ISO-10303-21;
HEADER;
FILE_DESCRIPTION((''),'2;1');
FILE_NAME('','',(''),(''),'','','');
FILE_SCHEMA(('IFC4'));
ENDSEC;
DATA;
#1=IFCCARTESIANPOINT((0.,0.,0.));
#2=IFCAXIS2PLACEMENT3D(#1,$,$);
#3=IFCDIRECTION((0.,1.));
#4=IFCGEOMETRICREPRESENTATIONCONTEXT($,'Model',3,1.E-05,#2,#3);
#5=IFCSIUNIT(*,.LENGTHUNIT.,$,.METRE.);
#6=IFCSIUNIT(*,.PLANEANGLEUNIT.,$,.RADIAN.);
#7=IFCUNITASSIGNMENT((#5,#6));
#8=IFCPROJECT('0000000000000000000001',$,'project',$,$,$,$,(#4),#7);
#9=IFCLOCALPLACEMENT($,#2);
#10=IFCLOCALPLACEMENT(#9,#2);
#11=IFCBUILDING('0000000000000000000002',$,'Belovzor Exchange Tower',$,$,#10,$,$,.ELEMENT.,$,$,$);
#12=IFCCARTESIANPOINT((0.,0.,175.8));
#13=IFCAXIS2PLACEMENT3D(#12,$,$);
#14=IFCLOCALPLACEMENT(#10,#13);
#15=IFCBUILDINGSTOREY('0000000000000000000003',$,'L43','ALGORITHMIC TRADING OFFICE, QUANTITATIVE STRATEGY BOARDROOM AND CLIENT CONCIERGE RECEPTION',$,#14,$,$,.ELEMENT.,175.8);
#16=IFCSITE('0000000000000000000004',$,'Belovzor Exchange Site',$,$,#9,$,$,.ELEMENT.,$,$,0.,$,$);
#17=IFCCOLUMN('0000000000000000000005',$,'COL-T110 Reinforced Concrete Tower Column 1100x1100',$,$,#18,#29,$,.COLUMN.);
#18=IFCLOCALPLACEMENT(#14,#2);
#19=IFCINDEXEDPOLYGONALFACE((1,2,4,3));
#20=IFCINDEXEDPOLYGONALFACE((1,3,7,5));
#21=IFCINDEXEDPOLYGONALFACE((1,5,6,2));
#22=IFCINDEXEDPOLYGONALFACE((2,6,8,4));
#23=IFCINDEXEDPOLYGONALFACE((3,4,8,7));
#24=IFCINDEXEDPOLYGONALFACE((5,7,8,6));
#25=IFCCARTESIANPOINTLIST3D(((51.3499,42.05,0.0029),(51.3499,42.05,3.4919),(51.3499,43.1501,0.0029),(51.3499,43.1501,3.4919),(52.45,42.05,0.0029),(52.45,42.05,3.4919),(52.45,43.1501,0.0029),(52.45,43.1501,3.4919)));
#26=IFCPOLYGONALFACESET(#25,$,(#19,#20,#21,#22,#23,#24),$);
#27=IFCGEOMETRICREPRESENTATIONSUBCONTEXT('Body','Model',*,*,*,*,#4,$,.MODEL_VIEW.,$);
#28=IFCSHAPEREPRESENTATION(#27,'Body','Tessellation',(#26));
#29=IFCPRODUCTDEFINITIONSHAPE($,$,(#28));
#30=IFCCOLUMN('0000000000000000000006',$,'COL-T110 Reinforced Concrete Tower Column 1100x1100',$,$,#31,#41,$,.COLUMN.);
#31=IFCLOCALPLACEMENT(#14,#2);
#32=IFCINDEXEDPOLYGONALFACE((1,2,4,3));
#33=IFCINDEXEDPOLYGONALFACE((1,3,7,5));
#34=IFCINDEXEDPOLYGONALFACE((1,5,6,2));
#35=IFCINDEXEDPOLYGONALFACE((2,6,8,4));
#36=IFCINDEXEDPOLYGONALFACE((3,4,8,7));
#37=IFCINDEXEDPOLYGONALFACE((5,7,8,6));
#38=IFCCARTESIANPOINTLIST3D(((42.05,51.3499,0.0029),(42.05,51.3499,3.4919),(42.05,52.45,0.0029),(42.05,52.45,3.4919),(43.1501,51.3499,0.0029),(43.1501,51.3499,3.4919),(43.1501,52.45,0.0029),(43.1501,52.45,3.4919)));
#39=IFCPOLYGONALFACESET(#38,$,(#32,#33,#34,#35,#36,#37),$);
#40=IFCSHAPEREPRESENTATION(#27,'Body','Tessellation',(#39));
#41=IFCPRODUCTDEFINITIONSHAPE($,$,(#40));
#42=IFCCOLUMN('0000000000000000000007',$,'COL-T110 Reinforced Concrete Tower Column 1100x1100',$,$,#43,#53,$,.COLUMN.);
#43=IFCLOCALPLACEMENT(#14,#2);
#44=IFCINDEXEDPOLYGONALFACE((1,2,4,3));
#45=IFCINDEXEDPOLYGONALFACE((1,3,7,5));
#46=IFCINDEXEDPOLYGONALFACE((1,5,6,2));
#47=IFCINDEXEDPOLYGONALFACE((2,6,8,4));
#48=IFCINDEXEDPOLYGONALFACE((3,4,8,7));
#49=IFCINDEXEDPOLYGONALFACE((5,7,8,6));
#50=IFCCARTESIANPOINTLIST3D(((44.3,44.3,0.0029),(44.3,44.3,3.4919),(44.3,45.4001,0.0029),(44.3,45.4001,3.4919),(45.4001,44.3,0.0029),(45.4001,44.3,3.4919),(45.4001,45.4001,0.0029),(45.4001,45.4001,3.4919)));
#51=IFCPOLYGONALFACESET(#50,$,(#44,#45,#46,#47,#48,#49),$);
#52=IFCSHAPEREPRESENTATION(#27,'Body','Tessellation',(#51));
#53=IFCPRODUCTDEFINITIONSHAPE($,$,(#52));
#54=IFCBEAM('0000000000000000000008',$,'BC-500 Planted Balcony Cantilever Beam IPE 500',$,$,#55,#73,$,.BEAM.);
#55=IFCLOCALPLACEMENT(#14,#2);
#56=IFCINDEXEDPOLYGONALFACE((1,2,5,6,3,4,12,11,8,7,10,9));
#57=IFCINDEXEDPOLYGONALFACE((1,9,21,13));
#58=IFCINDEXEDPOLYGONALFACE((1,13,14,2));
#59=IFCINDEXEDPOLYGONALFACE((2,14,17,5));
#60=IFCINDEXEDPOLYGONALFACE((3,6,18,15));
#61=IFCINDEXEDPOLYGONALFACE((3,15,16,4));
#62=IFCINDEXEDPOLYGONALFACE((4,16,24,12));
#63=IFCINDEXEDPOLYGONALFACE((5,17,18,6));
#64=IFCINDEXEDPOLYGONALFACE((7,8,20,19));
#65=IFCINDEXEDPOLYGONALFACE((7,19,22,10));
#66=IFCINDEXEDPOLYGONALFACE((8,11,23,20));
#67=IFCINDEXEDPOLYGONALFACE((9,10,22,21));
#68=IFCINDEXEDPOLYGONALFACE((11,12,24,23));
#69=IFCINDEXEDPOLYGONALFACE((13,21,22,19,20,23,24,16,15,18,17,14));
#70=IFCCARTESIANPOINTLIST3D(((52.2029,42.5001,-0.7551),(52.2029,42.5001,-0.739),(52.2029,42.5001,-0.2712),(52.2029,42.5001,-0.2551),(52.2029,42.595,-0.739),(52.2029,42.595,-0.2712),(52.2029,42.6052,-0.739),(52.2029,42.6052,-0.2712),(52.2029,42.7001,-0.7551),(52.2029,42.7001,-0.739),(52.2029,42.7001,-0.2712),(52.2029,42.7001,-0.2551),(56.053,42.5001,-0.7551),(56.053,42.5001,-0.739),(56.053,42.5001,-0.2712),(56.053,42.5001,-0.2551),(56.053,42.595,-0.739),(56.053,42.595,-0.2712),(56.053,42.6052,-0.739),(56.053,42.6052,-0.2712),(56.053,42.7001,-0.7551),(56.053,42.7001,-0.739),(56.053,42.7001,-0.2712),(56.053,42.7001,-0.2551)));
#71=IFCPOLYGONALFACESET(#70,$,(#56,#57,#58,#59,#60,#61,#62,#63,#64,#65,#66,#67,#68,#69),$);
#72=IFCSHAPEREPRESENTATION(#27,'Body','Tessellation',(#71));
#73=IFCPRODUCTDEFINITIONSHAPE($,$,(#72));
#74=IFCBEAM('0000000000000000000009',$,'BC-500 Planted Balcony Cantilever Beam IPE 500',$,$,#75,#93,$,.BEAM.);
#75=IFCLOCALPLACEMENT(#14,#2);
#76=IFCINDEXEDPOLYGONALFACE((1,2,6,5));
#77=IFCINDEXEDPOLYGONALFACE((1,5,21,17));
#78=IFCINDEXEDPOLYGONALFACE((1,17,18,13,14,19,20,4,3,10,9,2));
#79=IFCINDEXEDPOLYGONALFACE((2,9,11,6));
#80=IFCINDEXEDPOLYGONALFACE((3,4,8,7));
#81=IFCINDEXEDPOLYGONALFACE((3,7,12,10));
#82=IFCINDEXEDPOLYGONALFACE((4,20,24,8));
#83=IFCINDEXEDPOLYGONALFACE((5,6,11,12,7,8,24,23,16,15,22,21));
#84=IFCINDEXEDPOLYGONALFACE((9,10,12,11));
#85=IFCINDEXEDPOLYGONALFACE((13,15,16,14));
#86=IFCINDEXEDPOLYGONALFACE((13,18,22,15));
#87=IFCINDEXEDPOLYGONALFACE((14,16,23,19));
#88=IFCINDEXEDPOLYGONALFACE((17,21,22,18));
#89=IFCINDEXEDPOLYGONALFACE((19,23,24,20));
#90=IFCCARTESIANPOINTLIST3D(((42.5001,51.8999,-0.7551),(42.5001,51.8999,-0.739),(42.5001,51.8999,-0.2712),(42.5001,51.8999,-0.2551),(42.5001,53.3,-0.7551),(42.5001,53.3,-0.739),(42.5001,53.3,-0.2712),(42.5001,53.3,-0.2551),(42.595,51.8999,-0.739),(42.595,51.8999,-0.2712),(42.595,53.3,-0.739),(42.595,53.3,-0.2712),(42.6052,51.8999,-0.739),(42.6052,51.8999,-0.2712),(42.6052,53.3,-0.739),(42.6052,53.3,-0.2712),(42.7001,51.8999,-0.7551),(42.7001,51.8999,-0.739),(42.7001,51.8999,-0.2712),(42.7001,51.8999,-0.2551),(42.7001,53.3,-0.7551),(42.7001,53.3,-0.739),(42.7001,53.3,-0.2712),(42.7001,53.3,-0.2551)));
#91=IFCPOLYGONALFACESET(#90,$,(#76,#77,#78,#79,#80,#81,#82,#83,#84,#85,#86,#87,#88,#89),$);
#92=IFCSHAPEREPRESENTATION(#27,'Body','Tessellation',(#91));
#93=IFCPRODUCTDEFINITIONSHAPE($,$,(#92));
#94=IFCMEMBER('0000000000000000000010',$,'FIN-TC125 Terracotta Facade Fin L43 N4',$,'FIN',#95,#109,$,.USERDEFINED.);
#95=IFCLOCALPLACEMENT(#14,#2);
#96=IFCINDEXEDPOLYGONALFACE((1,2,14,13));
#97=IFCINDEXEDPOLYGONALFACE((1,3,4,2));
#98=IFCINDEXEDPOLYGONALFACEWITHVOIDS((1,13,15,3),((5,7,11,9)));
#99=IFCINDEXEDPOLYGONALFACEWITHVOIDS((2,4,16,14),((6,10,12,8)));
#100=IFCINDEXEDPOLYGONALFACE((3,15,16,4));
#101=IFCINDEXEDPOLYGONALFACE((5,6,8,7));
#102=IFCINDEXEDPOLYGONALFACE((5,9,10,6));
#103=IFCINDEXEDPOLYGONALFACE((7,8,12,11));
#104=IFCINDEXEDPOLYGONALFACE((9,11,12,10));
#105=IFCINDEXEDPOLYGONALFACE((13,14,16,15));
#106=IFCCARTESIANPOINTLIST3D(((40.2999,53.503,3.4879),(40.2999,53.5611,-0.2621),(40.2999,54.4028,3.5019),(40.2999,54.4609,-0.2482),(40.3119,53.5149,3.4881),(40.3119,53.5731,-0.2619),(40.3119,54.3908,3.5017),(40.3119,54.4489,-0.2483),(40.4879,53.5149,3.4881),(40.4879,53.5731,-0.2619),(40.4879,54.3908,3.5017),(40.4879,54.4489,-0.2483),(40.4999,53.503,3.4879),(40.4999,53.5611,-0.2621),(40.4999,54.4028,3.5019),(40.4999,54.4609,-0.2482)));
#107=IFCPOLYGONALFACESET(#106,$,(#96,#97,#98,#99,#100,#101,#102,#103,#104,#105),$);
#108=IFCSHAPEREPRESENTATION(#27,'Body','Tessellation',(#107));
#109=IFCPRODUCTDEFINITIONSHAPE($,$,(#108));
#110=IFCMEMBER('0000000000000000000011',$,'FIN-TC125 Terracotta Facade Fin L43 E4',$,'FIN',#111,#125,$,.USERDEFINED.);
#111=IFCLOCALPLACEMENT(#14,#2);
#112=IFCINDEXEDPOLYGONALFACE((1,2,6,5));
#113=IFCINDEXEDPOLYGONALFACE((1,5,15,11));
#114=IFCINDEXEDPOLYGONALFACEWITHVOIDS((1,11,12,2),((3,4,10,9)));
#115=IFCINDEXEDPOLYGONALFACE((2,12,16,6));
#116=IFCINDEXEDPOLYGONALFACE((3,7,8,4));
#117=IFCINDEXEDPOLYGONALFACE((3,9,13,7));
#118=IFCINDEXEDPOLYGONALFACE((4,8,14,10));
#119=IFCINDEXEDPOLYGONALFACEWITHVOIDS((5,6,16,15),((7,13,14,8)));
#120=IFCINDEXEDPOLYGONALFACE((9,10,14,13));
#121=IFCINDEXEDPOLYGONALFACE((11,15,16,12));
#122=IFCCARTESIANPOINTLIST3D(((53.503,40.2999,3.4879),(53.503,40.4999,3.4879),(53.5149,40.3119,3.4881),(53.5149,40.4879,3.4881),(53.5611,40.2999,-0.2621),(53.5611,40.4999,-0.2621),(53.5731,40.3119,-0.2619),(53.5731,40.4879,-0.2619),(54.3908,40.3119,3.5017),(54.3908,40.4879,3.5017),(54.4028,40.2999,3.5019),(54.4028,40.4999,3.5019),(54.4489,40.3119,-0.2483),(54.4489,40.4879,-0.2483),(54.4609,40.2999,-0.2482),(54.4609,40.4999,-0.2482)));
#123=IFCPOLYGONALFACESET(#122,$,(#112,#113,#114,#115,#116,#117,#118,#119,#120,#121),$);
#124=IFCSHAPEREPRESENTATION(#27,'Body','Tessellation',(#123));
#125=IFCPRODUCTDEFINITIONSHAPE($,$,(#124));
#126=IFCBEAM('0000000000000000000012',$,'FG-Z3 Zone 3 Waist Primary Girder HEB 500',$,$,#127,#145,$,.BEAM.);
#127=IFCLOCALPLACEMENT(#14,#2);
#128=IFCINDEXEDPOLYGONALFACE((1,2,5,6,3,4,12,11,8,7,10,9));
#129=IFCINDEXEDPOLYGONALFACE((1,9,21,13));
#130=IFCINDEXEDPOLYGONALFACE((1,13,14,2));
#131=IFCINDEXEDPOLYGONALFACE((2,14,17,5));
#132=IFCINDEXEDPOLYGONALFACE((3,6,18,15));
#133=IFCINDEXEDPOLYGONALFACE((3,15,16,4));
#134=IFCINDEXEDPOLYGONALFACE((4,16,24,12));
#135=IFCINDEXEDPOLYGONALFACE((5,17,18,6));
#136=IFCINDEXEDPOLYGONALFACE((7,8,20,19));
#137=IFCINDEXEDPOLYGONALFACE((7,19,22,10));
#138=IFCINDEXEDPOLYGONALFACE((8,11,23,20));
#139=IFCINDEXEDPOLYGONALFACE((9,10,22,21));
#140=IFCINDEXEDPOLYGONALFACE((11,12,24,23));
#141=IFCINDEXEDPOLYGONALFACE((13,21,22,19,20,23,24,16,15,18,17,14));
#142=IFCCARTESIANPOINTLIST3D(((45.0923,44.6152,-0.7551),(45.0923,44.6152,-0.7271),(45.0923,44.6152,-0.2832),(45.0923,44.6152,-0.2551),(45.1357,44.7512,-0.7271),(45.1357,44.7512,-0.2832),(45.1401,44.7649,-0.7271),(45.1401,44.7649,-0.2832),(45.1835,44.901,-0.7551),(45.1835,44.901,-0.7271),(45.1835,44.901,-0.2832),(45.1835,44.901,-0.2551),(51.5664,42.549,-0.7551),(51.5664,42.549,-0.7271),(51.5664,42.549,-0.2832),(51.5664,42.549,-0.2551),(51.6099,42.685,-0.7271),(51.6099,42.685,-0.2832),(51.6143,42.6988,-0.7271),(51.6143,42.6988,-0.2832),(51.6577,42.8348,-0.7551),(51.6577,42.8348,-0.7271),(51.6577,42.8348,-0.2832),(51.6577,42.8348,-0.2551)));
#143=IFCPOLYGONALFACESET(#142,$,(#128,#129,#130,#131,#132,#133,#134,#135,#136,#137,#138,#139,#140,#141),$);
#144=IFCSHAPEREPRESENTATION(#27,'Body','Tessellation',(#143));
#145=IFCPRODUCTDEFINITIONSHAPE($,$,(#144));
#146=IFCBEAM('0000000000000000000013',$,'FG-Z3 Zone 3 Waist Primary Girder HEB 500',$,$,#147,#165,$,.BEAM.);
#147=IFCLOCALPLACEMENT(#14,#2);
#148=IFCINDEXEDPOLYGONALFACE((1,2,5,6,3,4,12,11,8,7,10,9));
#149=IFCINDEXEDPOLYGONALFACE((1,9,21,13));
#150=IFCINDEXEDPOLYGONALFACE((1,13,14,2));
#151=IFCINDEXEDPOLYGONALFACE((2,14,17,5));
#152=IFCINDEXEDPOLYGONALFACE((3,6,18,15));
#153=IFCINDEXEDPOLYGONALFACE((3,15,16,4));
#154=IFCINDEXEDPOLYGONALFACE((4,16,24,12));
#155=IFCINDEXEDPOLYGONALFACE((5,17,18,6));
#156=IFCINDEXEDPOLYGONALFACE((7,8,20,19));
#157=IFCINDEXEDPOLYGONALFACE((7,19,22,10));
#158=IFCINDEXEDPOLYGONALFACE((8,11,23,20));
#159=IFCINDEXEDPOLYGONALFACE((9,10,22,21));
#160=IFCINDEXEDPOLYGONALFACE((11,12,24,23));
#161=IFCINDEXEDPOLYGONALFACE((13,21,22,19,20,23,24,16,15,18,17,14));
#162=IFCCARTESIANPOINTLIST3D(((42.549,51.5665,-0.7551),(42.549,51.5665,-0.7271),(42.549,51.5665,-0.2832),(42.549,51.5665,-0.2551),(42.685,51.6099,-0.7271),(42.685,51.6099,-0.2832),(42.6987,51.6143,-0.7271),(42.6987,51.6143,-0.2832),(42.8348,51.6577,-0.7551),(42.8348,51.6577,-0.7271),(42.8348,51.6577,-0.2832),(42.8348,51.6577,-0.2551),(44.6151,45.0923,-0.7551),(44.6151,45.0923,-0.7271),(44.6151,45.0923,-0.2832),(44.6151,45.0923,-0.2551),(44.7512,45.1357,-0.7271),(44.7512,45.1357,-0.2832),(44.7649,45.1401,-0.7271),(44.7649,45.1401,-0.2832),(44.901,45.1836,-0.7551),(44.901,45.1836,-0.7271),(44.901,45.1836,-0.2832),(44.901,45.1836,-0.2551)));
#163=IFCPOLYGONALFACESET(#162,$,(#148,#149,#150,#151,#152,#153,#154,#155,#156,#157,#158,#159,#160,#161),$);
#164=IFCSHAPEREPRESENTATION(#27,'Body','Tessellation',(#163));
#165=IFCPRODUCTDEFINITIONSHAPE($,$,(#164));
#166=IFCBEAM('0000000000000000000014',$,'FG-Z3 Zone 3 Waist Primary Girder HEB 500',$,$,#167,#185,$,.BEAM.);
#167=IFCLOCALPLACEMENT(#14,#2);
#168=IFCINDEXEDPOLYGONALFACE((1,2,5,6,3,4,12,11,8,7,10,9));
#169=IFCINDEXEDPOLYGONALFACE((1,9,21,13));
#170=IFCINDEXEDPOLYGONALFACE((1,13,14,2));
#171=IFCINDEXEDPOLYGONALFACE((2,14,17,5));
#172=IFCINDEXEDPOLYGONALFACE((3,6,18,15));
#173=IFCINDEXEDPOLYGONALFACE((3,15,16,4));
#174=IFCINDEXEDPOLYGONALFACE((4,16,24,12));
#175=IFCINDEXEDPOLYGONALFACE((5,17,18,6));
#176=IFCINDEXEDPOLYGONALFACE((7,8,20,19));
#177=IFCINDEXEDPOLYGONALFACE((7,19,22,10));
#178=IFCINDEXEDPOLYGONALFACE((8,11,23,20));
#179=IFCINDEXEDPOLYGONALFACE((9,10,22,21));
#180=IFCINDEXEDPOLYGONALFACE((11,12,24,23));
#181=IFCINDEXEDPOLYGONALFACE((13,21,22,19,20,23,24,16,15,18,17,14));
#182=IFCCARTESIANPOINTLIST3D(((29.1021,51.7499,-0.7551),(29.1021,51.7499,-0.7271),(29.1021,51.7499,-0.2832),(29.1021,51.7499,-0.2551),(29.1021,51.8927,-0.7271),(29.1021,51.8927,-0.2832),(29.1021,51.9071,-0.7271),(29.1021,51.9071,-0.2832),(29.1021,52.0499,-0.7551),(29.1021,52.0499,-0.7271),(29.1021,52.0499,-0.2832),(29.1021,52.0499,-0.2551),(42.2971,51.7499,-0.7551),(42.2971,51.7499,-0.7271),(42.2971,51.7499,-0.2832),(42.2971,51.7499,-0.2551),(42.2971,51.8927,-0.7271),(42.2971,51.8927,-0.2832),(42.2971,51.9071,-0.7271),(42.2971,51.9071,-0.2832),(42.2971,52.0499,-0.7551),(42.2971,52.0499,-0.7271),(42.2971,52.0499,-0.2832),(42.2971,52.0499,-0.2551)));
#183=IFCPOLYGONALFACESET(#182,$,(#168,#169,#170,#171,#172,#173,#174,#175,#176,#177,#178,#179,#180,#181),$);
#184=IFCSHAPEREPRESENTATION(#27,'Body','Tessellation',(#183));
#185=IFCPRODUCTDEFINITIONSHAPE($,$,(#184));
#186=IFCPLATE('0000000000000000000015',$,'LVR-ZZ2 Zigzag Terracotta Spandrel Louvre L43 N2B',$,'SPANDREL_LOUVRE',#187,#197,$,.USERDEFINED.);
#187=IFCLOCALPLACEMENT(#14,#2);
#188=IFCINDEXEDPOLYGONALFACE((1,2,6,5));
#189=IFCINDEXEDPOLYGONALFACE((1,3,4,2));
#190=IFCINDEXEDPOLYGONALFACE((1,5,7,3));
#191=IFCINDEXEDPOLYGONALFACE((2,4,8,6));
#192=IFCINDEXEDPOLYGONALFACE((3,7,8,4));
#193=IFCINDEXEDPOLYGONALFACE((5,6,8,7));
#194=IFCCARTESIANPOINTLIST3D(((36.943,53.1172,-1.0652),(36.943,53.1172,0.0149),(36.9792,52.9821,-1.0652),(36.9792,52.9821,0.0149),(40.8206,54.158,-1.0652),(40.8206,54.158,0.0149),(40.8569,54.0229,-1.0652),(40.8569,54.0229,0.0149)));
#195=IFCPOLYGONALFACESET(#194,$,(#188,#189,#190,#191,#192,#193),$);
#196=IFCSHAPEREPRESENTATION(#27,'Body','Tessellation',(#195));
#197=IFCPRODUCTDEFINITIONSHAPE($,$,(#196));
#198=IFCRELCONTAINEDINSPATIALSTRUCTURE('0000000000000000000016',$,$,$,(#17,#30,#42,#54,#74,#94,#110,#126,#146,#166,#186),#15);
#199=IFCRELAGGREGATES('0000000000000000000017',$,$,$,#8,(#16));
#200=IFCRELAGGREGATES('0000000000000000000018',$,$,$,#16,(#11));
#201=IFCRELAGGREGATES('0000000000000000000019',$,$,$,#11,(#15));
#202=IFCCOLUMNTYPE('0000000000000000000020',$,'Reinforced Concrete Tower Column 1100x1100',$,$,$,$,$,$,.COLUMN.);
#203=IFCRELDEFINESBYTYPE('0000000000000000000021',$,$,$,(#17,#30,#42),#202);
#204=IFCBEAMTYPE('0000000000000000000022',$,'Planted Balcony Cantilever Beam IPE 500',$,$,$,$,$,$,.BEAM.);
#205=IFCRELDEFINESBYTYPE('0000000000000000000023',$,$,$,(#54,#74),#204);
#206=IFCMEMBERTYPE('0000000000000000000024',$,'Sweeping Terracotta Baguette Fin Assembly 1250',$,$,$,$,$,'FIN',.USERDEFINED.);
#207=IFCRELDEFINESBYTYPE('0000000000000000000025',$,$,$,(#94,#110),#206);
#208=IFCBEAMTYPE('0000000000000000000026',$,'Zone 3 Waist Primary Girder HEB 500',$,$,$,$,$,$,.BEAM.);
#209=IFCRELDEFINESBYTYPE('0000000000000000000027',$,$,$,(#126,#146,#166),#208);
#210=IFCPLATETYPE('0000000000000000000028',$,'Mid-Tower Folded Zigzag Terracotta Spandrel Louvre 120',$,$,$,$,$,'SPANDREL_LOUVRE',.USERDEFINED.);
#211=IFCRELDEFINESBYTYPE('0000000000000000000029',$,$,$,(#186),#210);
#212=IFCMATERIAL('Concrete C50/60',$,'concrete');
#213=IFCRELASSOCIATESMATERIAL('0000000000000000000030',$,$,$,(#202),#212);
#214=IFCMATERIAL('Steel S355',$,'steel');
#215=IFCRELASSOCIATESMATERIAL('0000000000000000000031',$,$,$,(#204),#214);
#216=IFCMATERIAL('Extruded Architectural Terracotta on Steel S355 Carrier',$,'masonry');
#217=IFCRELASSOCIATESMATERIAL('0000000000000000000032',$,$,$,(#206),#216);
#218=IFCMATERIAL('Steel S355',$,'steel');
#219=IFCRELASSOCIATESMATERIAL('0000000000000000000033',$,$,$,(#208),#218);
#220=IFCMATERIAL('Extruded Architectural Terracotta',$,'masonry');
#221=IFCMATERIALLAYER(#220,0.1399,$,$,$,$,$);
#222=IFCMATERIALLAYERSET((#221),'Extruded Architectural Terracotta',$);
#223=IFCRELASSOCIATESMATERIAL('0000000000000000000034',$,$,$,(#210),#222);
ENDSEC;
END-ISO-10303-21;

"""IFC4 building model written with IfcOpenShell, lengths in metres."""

from ifc_helpers import new_model, si_unit, direction, frame, origin, origin_2d, place, context, subcontext, project, spatial, rectangle, hollow_rectangle, i_section, extrude, material, layer, layer_set, material_profile, profile_set, type_object, element, save


model = new_model("IFC4")

# Units and contexts
model_context = context("Model", 3, precision=1e-05, world=origin(), true_north=direction((0.0, 1.0)))
body_context = subcontext(model_context, "Body", "Model", "MODEL_VIEW")
ifc_project = project(units=[si_unit("LENGTHUNIT", "METRE"), si_unit("PLANEANGLEUNIT", "RADIAN")], contexts=[model_context])

# Site, building, storey
site_placement = place(None, origin())
site = spatial("IfcSite", under=ifc_project, at=site_placement, Name="Belovzor Exchange Site", CompositionType="ELEMENT", RefElevation=0.0)
building_placement = place(site_placement, origin())
building = spatial("IfcBuilding", under=site, at=building_placement, Name="Belovzor Exchange Tower", CompositionType="ELEMENT")
storey_placement = place(building_placement, frame((0.0, 0.0, 175.8)))
storey = spatial("IfcBuildingStorey", under=building, at=storey_placement, Name="L43", Description="ALGORITHMIC TRADING OFFICE, QUANTITATIVE STRATEGY BOARDROOM AND CLIENT CONCIERGE RECEPTION", CompositionType="ELEMENT", Elevation=175.8)

# Columns
ifc_material_1 = material(Name="Concrete C50/60", Category="concrete")
ifc_material_profile_1 = material_profile(ifc_material_1, rectangle(XDim=1.1001, YDim=1.1001, at=origin_2d()))
ifc_profile_set_1 = profile_set([ifc_material_profile_1], Name="Concrete C50/60")
column_type = type_object("IfcColumnType", Name="Reinforced Concrete Tower Column 1100x1100", PredefinedType="COLUMN", material=ifc_profile_set_1)
for number, where, z_axis, x_axis, name in (
    (1, (51.8999, 42.6001, 0.0029), (0.0, 0.0, 1.0), (1.0, 0.0, 0.0), "COL-T110 Reinforced Concrete Tower Column 1100x1100"),
    (2, (42.6001, 51.8999, 0.0029), (0.0, 0.0, 1.0), (1.0, 0.0, 0.0), "COL-T110 Reinforced Concrete Tower Column 1100x1100"),
    (3, (44.8501, 44.8501, 0.0029), (0.0, 0.0, 1.0), (1.0, 0.0, 0.0), "COL-T110 Reinforced Concrete Tower Column 1100x1100"),
):
    element("IfcColumn", number, at=place(storey_placement, frame(where, z_axis=z_axis, x_axis=x_axis)), inside=storey, type_object=column_type, Name=name, PredefinedType="COLUMN", context=body_context, shape_type="SweptSolid", body=[
        extrude(rectangle(XDim=1.1001, YDim=1.1001, at=origin_2d()), origin(), (0.0, 0.0, 1.0), 3.489),
    ])

# Beams
ifc_material_2 = material(Name="Steel S355", Category="steel")
ifc_material_profile_2 = material_profile(ifc_material_2, i_section(OverallWidth=0.2, OverallDepth=0.5, WebThickness=0.0103, FlangeThickness=0.0161, at=origin_2d()))
ifc_profile_set_2 = profile_set([ifc_material_profile_2], Name="Steel S355")
beam_type_1 = type_object("IfcBeamType", Name="Planted Balcony Cantilever Beam IPE 500", PredefinedType="BEAM", material=ifc_profile_set_2)
beam_1_placement = place(storey_placement, frame((52.2029, 42.6001, -0.5051), z_axis=(1.0, 0.0, 0.0), x_axis=(0.0, 1.0, 0.0)))
element("IfcBeam", 4, at=beam_1_placement, inside=storey, type_object=beam_type_1, Name="BC-500 Planted Balcony Cantilever Beam IPE 500", PredefinedType="BEAM", context=body_context, shape_type="SweptSolid", body=[
    extrude(i_section(OverallWidth=0.2, OverallDepth=0.5, WebThickness=0.0103, FlangeThickness=0.0161, at=origin_2d()), origin(), (0.0, 0.0, 1.0), 3.8501),
])
beam_2_placement = place(storey_placement, frame((42.6001, 51.8999, -0.5051), z_axis=(0.0, 1.0, 0.0), x_axis=(-1.0, 0.0, 0.0)))
element("IfcBeam", 5, at=beam_2_placement, inside=storey, type_object=beam_type_1, Name="BC-500 Planted Balcony Cantilever Beam IPE 500", PredefinedType="BEAM", context=body_context, shape_type="SweptSolid", body=[
    extrude(i_section(OverallWidth=0.2, OverallDepth=0.5, WebThickness=0.0103, FlangeThickness=0.0161, at=origin_2d()), origin(), (0.0, 0.0, 1.0), 1.4001),
])

# Members
ifc_material_3 = material(Name="Extruded Architectural Terracotta on Steel S355 Carrier", Category="masonry")
ifc_material_profile_3 = material_profile(ifc_material_3, hollow_rectangle(XDim=0.2, YDim=0.8999, WallThickness=0.012, at=origin_2d()))
ifc_profile_set_3 = profile_set([ifc_material_profile_3], Name="Extruded Architectural Terracotta on Steel S355 Carrier")
member_type = type_object("IfcMemberType", Name="Sweeping Terracotta Baguette Fin Assembly 1250", ElementType="FIN", PredefinedType="USERDEFINED", material=ifc_profile_set_3)
for number, where, z_axis, x_axis, name in (
    (6, (40.3999, 54.011, -0.2551), (0.0, -0.015493, 0.99988), (1.0, 0.0, 0.0), "FIN-TC125 Terracotta Facade Fin L43 N4"),
    (7, (54.011, 40.3999, -0.2551), (-0.015493, 0.0, 0.99988), (0.0, -1.0, 0.0), "FIN-TC125 Terracotta Facade Fin L43 E4"),
):
    element("IfcMember", number, at=place(storey_placement, frame(where, z_axis=z_axis, x_axis=x_axis)), inside=storey, type_object=member_type, Name=name, ObjectType="FIN", PredefinedType="USERDEFINED", context=body_context, shape_type="SweptSolid", body=[
        extrude(hollow_rectangle(XDim=0.2, YDim=0.8999, WallThickness=0.012, at=origin_2d()), origin(), (0.0, 0.0, 1.0), 3.7505),
    ])

# Beams
ifc_material_4 = material(Name="Steel S355", Category="steel")
ifc_material_profile_4 = material_profile(ifc_material_4, i_section(OverallWidth=0.3, OverallDepth=0.5, WebThickness=0.0144, FlangeThickness=0.0281, at=origin_2d()))
ifc_profile_set_4 = profile_set([ifc_material_profile_4], Name="Steel S355")
beam_type_2 = type_object("IfcBeamType", Name="Zone 3 Waist Primary Girder HEB 500", PredefinedType="BEAM", material=ifc_profile_set_4)
for number, where, z_axis, x_axis, name in (
    (8, (51.6121, 42.6919, -0.5051), (-0.952661, 0.304034, 0.0), (-0.304034, -0.952661, 0.0), "FG-Z3 Zone 3 Waist Primary Girder HEB 500"),
    (9, (44.7581, 45.1379, -0.5051), (-0.304034, 0.952661, 0.0), (-0.952661, -0.304034, 0.0), "FG-Z3 Zone 3 Waist Primary Girder HEB 500"),
):
    element("IfcBeam", number, at=place(storey_placement, frame(where, z_axis=z_axis, x_axis=x_axis)), inside=storey, type_object=beam_type_2, Name=name, PredefinedType="BEAM", context=body_context, shape_type="SweptSolid", body=[
        extrude(i_section(OverallWidth=0.3, OverallDepth=0.5, WebThickness=0.0144, FlangeThickness=0.0281, at=origin_2d()), origin(), (0.0, 0.0, 1.0), 6.7959),
    ])
beam_3_placement = place(storey_placement, frame((42.2971, 51.8999, -0.5051), z_axis=(-1.0, 0.0, 0.0), x_axis=(0.0, -1.0, 0.0)))
element("IfcBeam", 10, at=beam_3_placement, inside=storey, type_object=beam_type_2, Name="FG-Z3 Zone 3 Waist Primary Girder HEB 500", PredefinedType="BEAM", context=body_context, shape_type="SweptSolid", body=[
    extrude(i_section(OverallWidth=0.3, OverallDepth=0.5, WebThickness=0.0144, FlangeThickness=0.0281, at=origin_2d()), origin(), (0.0, 0.0, 1.0), 13.1951),
])

# Plate
ifc_material_5 = material(Name="Extruded Architectural Terracotta", Category="masonry")
ifc_layer_1 = layer(ifc_material_5, 0.1399)
ifc_layer_set_1 = layer_set([ifc_layer_1], Name="Extruded Architectural Terracotta")
plate_type = type_object("IfcPlateType", Name="Mid-Tower Folded Zigzag Terracotta Spandrel Louvre 120", ElementType="SPANDREL_LOUVRE", PredefinedType="USERDEFINED", material=ifc_layer_set_1)
plate_placement = place(storey_placement, frame((38.8999, 53.5701, -1.0652), z_axis=(0.0, 0.0, 1.0), x_axis=(0.965813, 0.25924, 0.0)))
element("IfcPlate", 11, at=plate_placement, inside=storey, type_object=plate_type, Name="LVR-ZZ2 Zigzag Terracotta Spandrel Louvre L43 N2B", ObjectType="SPANDREL_LOUVRE", PredefinedType="USERDEFINED", context=body_context, shape_type="SweptSolid", body=[
    extrude(rectangle(XDim=4.0149, YDim=0.1399, at=origin_2d()), origin(), (0.0, 0.0, 1.0), 1.0801),
])

save(model, "model.ifc")
